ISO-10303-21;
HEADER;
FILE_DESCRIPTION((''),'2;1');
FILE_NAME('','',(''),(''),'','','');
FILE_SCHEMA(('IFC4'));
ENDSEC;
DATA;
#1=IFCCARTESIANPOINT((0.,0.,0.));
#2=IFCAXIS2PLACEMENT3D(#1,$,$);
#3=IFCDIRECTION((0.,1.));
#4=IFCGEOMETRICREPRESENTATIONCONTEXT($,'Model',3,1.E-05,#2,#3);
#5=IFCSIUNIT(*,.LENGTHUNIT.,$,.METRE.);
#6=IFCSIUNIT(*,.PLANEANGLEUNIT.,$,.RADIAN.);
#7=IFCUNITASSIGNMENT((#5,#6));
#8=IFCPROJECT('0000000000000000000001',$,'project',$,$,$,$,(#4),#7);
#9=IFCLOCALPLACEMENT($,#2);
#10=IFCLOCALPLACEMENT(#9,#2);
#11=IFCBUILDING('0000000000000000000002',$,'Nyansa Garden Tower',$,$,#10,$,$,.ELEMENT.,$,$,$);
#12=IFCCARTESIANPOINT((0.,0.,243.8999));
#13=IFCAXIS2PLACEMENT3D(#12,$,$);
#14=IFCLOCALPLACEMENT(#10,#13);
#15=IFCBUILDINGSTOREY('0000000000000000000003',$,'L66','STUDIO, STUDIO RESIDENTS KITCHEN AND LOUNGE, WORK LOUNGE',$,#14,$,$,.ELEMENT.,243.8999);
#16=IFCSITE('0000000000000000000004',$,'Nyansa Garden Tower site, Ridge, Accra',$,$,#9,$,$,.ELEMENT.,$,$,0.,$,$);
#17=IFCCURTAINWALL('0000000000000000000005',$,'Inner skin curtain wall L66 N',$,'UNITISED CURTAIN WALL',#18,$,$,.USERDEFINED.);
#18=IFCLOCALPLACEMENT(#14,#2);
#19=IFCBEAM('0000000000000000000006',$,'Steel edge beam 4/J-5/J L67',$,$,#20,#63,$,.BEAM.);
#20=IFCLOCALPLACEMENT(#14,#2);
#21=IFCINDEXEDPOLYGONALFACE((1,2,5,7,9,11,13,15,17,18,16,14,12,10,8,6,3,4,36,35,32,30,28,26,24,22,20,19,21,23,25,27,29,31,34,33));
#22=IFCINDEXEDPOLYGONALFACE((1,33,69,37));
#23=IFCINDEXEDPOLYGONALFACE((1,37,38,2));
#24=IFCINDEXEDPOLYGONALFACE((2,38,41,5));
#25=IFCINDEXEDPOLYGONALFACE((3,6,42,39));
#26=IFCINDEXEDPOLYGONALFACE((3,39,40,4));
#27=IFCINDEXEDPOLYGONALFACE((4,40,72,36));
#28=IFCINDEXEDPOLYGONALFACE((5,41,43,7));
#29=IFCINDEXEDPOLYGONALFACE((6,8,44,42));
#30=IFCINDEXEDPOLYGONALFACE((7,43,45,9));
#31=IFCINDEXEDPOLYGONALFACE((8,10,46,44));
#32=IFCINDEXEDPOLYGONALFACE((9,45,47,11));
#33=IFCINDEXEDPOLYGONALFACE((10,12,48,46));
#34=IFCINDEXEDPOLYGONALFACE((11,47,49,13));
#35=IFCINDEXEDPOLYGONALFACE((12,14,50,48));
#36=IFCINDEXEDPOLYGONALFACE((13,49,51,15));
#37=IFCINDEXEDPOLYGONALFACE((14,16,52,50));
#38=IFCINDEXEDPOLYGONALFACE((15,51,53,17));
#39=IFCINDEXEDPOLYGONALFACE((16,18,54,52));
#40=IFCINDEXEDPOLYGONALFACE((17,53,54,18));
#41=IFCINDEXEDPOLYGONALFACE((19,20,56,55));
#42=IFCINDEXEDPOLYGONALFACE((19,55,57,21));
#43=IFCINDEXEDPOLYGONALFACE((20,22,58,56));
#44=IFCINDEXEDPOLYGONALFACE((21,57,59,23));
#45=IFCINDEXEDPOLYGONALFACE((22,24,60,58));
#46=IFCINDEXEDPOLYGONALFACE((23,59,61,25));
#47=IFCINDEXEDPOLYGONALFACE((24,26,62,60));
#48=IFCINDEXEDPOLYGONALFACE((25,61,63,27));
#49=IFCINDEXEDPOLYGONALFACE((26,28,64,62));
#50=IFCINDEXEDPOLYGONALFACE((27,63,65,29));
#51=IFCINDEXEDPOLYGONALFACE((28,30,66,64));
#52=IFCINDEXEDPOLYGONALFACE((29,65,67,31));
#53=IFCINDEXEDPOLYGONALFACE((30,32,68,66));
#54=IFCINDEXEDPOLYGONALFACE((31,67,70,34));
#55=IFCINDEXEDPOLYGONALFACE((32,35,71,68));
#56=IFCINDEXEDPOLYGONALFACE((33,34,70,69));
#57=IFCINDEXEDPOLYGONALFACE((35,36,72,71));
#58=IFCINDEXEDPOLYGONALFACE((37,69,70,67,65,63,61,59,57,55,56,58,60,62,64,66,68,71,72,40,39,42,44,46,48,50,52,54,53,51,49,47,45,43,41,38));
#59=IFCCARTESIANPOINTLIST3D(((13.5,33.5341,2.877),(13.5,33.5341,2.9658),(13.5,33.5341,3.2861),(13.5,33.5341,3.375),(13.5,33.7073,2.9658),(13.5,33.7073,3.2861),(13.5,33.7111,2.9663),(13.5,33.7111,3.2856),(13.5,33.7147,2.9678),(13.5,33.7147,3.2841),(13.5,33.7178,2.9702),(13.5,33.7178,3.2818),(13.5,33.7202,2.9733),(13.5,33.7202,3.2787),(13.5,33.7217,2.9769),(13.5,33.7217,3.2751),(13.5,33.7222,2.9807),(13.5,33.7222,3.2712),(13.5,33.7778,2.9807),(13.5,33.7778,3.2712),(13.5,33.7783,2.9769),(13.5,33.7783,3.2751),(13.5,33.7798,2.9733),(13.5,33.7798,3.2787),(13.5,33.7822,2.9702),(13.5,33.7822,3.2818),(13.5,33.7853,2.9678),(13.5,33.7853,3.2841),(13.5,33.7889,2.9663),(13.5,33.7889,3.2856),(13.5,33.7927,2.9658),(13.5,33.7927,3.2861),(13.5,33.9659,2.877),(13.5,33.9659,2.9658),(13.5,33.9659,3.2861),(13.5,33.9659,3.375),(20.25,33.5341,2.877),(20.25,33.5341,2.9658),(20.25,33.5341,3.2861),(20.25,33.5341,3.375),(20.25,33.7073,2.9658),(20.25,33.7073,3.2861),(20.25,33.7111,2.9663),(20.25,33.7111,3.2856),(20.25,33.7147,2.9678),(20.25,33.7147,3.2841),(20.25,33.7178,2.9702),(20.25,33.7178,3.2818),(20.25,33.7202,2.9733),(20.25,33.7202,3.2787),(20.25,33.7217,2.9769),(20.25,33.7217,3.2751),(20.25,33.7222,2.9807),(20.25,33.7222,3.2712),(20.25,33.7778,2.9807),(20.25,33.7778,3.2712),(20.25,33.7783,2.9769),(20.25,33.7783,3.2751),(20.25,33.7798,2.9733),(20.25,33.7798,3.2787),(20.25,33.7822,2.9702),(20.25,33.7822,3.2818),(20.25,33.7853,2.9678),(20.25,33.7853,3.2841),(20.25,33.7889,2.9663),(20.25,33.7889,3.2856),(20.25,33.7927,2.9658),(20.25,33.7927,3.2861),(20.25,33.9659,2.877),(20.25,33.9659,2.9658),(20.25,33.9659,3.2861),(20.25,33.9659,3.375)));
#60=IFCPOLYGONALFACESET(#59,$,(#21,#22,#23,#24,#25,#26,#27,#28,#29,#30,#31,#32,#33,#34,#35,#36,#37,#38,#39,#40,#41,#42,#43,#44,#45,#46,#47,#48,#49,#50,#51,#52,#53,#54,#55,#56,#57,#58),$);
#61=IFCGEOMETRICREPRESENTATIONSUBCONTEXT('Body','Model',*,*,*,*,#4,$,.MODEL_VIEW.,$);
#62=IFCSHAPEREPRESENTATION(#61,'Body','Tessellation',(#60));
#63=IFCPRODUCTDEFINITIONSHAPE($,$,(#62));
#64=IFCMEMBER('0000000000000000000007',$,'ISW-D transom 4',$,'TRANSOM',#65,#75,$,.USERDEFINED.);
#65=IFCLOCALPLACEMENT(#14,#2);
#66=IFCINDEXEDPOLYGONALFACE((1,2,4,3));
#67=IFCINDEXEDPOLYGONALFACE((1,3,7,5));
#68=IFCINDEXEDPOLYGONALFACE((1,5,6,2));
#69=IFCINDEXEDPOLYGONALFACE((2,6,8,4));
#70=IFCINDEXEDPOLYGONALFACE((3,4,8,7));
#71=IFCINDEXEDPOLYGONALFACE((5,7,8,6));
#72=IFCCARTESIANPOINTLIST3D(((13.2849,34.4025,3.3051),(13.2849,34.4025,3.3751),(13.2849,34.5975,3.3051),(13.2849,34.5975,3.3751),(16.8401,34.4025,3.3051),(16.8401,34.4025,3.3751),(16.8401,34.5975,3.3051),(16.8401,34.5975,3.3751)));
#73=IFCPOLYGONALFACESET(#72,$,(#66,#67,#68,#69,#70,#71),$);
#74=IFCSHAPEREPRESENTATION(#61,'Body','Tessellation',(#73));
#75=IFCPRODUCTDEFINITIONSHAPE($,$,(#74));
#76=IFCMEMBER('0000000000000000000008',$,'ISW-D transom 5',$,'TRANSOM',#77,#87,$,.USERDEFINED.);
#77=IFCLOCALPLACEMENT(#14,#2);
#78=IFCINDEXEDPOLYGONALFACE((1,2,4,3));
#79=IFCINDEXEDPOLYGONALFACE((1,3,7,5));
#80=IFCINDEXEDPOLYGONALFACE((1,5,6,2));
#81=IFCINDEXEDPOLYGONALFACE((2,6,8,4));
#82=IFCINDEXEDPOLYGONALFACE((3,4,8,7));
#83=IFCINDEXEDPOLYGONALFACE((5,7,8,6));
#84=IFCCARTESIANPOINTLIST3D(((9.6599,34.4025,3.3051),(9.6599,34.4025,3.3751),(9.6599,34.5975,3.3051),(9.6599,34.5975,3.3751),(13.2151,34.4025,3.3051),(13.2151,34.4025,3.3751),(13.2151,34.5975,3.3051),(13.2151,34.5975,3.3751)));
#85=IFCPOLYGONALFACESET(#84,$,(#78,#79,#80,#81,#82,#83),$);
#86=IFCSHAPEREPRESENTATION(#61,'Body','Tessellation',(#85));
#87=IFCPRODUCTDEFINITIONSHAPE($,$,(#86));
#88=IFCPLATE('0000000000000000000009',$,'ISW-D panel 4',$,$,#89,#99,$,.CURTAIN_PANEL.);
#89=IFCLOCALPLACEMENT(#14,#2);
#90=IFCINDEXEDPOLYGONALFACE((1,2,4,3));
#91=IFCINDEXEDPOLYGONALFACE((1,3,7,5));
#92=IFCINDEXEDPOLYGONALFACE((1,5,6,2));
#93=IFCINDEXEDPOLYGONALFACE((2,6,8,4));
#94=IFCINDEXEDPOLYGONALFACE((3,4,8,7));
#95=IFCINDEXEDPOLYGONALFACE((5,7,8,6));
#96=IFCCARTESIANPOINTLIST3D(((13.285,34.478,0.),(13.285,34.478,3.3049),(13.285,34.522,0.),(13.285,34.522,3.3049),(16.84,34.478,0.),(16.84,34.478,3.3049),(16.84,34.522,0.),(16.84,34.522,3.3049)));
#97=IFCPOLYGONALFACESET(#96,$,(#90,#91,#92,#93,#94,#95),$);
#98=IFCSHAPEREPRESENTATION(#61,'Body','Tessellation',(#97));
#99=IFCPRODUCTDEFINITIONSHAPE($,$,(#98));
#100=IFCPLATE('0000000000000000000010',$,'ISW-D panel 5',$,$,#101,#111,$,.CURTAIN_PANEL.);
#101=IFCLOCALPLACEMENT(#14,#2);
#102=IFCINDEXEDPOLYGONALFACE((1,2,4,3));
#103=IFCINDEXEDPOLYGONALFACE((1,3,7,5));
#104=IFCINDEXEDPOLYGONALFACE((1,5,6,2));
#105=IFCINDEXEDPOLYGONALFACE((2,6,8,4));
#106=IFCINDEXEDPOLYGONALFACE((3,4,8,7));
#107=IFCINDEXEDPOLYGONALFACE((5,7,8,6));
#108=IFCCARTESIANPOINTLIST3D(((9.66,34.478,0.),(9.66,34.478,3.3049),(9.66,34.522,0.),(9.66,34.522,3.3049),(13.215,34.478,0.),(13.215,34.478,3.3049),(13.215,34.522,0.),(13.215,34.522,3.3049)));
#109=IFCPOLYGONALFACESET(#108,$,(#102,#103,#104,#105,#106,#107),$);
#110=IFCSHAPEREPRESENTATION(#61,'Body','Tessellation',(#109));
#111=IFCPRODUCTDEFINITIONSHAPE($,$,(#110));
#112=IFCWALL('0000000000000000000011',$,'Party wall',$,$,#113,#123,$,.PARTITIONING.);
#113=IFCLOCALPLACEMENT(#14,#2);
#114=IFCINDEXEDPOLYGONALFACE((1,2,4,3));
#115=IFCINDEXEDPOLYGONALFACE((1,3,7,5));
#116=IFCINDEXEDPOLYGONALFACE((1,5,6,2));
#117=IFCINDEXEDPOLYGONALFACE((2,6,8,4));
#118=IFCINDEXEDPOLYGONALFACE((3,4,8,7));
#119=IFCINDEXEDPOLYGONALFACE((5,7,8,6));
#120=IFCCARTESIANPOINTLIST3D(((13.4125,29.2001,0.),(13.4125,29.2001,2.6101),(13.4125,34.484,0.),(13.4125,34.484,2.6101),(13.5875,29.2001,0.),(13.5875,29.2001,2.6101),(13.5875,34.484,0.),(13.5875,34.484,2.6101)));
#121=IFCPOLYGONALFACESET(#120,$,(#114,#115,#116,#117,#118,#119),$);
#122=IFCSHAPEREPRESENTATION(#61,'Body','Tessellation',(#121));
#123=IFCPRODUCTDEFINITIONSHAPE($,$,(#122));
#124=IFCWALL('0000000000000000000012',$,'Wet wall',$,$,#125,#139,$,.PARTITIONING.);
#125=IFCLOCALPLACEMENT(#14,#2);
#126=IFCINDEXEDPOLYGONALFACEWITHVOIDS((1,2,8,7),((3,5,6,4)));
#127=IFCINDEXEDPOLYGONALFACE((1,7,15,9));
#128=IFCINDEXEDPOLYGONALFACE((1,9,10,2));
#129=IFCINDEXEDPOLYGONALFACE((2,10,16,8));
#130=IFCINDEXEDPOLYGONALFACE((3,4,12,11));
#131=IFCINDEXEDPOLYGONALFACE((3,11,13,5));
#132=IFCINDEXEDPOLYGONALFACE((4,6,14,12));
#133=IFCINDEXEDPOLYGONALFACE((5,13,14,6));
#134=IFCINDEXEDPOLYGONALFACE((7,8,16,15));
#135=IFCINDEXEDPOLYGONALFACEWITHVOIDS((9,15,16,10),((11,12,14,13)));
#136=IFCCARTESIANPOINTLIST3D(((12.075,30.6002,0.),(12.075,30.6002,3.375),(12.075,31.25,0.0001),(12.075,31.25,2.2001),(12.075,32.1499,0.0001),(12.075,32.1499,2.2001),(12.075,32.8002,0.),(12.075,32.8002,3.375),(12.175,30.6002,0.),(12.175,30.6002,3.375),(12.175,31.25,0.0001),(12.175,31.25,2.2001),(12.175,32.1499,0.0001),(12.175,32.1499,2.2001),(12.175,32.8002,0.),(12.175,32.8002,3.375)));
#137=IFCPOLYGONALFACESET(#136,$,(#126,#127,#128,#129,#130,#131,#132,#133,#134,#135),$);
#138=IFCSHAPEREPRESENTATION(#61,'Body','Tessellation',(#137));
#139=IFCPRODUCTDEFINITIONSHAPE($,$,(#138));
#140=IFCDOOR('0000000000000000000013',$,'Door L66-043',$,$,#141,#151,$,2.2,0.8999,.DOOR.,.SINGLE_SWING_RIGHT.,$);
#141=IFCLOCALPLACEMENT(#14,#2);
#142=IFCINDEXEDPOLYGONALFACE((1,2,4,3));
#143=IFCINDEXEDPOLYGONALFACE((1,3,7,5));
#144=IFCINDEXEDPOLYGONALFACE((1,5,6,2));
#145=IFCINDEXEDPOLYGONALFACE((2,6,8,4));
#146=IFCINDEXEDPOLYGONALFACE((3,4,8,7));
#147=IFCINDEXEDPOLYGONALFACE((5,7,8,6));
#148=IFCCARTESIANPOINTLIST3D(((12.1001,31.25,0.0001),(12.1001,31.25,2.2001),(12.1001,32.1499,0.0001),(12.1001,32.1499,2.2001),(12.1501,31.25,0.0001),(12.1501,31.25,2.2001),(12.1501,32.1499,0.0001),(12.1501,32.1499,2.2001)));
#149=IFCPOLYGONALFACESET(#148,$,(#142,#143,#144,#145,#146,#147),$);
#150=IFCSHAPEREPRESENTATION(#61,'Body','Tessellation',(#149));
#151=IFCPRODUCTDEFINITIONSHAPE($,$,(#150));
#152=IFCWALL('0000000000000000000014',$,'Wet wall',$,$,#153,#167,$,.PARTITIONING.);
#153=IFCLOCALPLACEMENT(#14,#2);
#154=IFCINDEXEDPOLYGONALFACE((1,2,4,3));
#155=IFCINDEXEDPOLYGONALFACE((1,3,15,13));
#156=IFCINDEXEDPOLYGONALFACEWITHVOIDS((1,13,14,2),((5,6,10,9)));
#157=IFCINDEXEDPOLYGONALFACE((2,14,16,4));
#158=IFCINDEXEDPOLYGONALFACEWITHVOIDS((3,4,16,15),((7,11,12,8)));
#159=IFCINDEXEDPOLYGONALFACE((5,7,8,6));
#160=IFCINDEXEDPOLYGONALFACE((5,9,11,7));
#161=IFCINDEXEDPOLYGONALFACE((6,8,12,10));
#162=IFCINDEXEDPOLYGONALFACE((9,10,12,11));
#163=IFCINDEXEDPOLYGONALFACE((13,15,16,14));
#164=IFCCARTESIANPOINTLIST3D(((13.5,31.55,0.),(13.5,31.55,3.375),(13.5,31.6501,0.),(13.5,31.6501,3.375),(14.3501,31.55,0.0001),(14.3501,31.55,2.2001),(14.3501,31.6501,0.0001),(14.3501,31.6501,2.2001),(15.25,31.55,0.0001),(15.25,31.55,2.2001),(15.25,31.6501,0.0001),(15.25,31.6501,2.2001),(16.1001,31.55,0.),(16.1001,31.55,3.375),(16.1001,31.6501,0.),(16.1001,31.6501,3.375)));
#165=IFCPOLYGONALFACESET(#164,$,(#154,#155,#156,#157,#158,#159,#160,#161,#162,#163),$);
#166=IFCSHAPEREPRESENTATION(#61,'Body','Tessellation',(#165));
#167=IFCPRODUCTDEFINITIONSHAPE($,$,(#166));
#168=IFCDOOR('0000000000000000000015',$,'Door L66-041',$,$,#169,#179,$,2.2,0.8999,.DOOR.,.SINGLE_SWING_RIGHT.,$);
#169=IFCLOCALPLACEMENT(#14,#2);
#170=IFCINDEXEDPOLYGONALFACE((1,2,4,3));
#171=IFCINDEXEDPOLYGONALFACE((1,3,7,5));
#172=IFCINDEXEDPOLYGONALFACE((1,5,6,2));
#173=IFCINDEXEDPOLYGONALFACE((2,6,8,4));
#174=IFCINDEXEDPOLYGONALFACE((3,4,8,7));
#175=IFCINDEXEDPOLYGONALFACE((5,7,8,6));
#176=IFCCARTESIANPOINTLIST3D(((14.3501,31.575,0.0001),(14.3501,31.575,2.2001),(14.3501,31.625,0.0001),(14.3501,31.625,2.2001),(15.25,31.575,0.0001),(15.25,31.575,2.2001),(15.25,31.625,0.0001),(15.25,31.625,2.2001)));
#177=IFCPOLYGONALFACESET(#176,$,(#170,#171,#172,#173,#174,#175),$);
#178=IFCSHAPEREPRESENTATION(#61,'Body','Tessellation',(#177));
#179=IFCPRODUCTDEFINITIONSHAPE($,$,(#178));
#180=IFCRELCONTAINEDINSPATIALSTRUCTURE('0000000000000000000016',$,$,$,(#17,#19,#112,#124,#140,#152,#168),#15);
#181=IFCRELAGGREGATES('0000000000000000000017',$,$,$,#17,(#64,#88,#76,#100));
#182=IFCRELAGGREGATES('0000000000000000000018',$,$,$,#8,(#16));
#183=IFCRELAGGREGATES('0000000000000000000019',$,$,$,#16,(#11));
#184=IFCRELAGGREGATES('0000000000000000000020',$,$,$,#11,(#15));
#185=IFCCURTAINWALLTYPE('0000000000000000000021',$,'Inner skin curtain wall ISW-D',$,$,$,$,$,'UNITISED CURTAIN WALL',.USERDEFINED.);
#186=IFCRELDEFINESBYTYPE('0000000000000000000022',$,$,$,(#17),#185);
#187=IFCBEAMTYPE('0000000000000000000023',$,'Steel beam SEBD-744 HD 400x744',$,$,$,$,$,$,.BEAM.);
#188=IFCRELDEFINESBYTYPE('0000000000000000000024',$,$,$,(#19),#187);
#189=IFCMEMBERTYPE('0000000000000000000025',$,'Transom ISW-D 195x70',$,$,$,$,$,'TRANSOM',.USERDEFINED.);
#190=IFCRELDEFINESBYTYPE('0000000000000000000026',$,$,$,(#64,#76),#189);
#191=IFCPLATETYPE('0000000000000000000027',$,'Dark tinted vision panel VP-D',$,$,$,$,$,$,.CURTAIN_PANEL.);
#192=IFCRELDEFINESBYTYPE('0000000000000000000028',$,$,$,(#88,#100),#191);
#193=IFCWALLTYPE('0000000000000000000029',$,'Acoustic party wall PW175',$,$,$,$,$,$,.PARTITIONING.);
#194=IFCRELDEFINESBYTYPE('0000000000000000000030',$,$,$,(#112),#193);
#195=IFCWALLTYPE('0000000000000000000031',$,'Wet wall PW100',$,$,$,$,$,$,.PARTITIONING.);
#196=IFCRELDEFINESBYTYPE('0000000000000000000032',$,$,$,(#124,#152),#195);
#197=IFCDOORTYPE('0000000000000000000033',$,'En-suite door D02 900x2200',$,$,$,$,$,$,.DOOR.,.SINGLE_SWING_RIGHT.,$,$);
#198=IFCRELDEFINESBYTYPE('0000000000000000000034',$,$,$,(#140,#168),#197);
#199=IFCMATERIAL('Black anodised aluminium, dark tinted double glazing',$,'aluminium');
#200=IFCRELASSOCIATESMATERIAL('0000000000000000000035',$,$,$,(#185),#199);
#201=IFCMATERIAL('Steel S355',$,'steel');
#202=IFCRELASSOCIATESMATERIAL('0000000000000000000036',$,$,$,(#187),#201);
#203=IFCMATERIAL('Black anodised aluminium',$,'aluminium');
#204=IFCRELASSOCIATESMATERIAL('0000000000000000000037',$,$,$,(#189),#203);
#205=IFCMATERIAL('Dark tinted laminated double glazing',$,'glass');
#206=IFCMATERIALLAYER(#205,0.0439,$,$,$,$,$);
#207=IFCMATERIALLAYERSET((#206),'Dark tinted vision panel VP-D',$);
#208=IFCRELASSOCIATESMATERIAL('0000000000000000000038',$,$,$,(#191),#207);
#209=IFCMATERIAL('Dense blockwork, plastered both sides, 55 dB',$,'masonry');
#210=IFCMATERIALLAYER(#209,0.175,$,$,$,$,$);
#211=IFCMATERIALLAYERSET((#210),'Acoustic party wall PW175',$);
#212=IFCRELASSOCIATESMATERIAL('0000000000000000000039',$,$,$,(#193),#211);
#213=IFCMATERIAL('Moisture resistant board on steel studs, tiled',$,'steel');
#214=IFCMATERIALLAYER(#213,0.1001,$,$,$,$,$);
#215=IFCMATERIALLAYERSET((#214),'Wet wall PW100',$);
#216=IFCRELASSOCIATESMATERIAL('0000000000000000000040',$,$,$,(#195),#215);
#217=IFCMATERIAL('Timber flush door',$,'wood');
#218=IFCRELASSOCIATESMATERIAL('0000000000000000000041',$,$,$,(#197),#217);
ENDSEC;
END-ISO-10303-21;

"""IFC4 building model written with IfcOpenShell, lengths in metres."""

from ifc_helpers import new_model, si_unit, direction, frame, frame_2d, origin, origin_2d, place, context, subcontext, project, spatial, rectangle, i_section, extrude, material, layer, layer_set, material_profile, profile_set, type_object, element, fill, aggregate, save


model = new_model("IFC4")

# Units and contexts
model_context = context("Model", 3, precision=1e-05, world=origin(), true_north=direction((0.0, 1.0)))
body_context = subcontext(model_context, "Body", "Model", "MODEL_VIEW")
ifc_project = project(units=[si_unit("LENGTHUNIT", "METRE"), si_unit("PLANEANGLEUNIT", "RADIAN")], contexts=[model_context])

# Site, building, storey
site_placement = place(None, origin())
site = spatial("IfcSite", under=ifc_project, at=site_placement, Name="Nyansa Garden Tower site, Ridge, Accra", CompositionType="ELEMENT", RefElevation=0.0)
building_placement = place(site_placement, origin())
building = spatial("IfcBuilding", under=site, at=building_placement, Name="Nyansa Garden Tower", CompositionType="ELEMENT")
storey_placement = place(building_placement, frame((0.0, 0.0, 243.8999)))
storey = spatial("IfcBuildingStorey", under=building, at=storey_placement, Name="L66", Description="STUDIO, STUDIO RESIDENTS KITCHEN AND LOUNGE, WORK LOUNGE", CompositionType="ELEMENT", Elevation=243.8999)

# Curtain wall
ifc_material_1 = material(Name="Black anodised aluminium, dark tinted double glazing", Category="aluminium")
curtain_wall_type = type_object("IfcCurtainWallType", Name="Inner skin curtain wall ISW-D", ElementType="UNITISED CURTAIN WALL", PredefinedType="USERDEFINED", material=ifc_material_1)
curtain_wall_placement = place(storey_placement, origin())
curtain_wall = element("IfcCurtainWall", 1, at=curtain_wall_placement, inside=storey, type_object=curtain_wall_type, Name="Inner skin curtain wall L66 N", ObjectType="UNITISED CURTAIN WALL", PredefinedType="USERDEFINED")

# Beam
ifc_material_2 = material(Name="Steel S355", Category="steel")
ifc_material_profile_1 = material_profile(ifc_material_2, i_section(OverallWidth=0.4319, OverallDepth=0.498, WebThickness=0.0557, FlangeThickness=0.0889, FilletRadius=0.0149, at=origin_2d()), Name="HD 400x744")
ifc_profile_set_1 = profile_set([ifc_material_profile_1], Name="Steel S355")
beam_type_1 = type_object("IfcBeamType", Name="Steel beam SEBD-744 HD 400x744", PredefinedType="BEAM", material=ifc_profile_set_1)
beam_1_placement = place(storey_placement, frame((13.5, 33.75, 3.126), z_axis=(1.0, 0.0, 0.0), x_axis=(0.0, 1.0, 0.0)))
element("IfcBeam", 2, at=beam_1_placement, inside=storey, type_object=beam_type_1, Name="Steel edge beam 4/J-5/J L67", PredefinedType="BEAM", context=body_context, shape_type="SweptSolid", body=[
    extrude(i_section(OverallWidth=0.4319, OverallDepth=0.498, WebThickness=0.0557, FlangeThickness=0.0889, FilletRadius=0.0149, at=origin_2d()), origin(), (0.0, 0.0, 1.0), 6.75),
])

# Members
ifc_material_3 = material(Name="Black anodised aluminium", Category="aluminium")
ifc_material_profile_2 = material_profile(ifc_material_3, rectangle(XDim=0.1951, YDim=0.0701, at=origin_2d()), Name="Transom 195x70")
ifc_profile_set_2 = profile_set([ifc_material_profile_2], Name="Black anodised aluminium")
member_type_1 = type_object("IfcMemberType", Name="Transom ISW-D 195x70", ElementType="TRANSOM", PredefinedType="USERDEFINED", material=ifc_profile_set_2)
member_1_placement = place(storey_placement, frame((16.8401, 34.5, 3.3401), z_axis=(-1.0, 0.0, 0.0), x_axis=(0.0, -1.0, 0.0)))
member_1 = element("IfcMember", 3, at=member_1_placement, type_object=member_type_1, Name="ISW-D transom 4", ObjectType="TRANSOM", PredefinedType="USERDEFINED", context=body_context, shape_type="SweptSolid", body=[
    extrude(rectangle(XDim=0.1951, YDim=0.0701, at=origin_2d()), origin(), (0.0, 0.0, 1.0), 3.5552),
])
member_2_placement = place(storey_placement, frame((13.2151, 34.5, 3.3401), z_axis=(-1.0, 0.0, 0.0), x_axis=(0.0, -1.0, 0.0)))
member_2 = element("IfcMember", 4, at=member_2_placement, type_object=member_type_1, Name="ISW-D transom 5", ObjectType="TRANSOM", PredefinedType="USERDEFINED", context=body_context, shape_type="SweptSolid", body=[
    extrude(rectangle(XDim=0.1951, YDim=0.0701, at=origin_2d()), origin(), (0.0, 0.0, 1.0), 3.5552),
])

# Plates
ifc_material_4 = material(Name="Dark tinted laminated double glazing", Category="glass")
ifc_layer_1 = layer(ifc_material_4, 0.0439)
ifc_layer_set_1 = layer_set([ifc_layer_1], Name="Dark tinted vision panel VP-D")
plate_type = type_object("IfcPlateType", Name="Dark tinted vision panel VP-D", PredefinedType="CURTAIN_PANEL", material=ifc_layer_set_1)
plate_1_placement = place(storey_placement, frame((15.0625, 34.5, 0.0), z_axis=(0.0, 0.0, 1.0), x_axis=(-1.0, 0.0, 0.0)))
plate_1 = element("IfcPlate", 5, at=plate_1_placement, type_object=plate_type, Name="ISW-D panel 4", PredefinedType="CURTAIN_PANEL", context=body_context, shape_type="SweptSolid", body=[
    extrude(rectangle(XDim=3.5549, YDim=0.0439, at=origin_2d()), origin(), (0.0, 0.0, 1.0), 3.3049),
])
plate_2_placement = place(storey_placement, frame((11.4375, 34.5, 0.0), z_axis=(0.0, 0.0, 1.0), x_axis=(-1.0, 0.0, 0.0)))
plate_2 = element("IfcPlate", 6, at=plate_2_placement, type_object=plate_type, Name="ISW-D panel 5", PredefinedType="CURTAIN_PANEL", context=body_context, shape_type="SweptSolid", body=[
    extrude(rectangle(XDim=3.5549, YDim=0.0439, at=origin_2d()), origin(), (0.0, 0.0, 1.0), 3.3049),
])
aggregate(curtain_wall, [member_1, plate_1, member_2, plate_2])

# Wall
ifc_material_5 = material(Name="Dense blockwork, plastered both sides, 55 dB", Category="masonry")
ifc_layer_2 = layer(ifc_material_5, 0.175)
ifc_layer_set_2 = layer_set([ifc_layer_2], Name="Acoustic party wall PW175")
wall_type_1 = type_object("IfcWallType", Name="Acoustic party wall PW175", PredefinedType="PARTITIONING", material=ifc_layer_set_2)
wall_1_placement = place(storey_placement, frame((13.5, 29.2, 0.0), z_axis=(0.0, 0.0, 1.0), x_axis=(0.0, 1.0, 0.0)))
element("IfcWall", 7, at=wall_1_placement, inside=storey, type_object=wall_type_1, Name="Party wall", PredefinedType="PARTITIONING", context=body_context, shape_type="SweptSolid", body=[
    extrude(rectangle(XDim=5.2839, YDim=0.175, at=frame_2d((2.6421, 0.0))), origin(), (0.0, 0.0, 1.0), 2.6101),
])

# Walls, openings, doors
ifc_material_6 = material(Name="Moisture resistant board on steel studs, tiled", Category="steel")
ifc_layer_3 = layer(ifc_material_6, 0.1001)
ifc_layer_set_3 = layer_set([ifc_layer_3], Name="Wet wall PW100")
wall_type_2 = type_object("IfcWallType", Name="Wet wall PW100", PredefinedType="PARTITIONING", material=ifc_layer_set_3)
wall_2_placement = place(storey_placement, frame((12.125, 30.6001, 0.0), z_axis=(0.0, 0.0, 1.0), x_axis=(0.0, 1.0, 0.0)))
wall_2 = element("IfcWall", 8, at=wall_2_placement, inside=storey, type_object=wall_type_2, Name="Wet wall", PredefinedType="PARTITIONING", context=body_context, shape_type="SweptSolid", body=[
    extrude(rectangle(XDim=2.2, YDim=0.1001, at=frame_2d((1.1001, 0.0))), origin(), (0.0, 0.0, 1.0), 3.375),
])
opening_1_placement = place(wall_2_placement, frame((0.6499, 0.0, 0.0)))
opening_1 = element("IfcOpeningElement", 9, at=opening_1_placement, cuts=wall_2, PredefinedType="OPENING", context=body_context, shape_type="SweptSolid", body=[
    extrude(rectangle(XDim=0.8999, YDim=2.2, at=frame_2d((0.45, 1.1001))), frame((0.0, 0.0601, 0.0), z_axis=(0.0, -1.0, 0.0), x_axis=(1.0, 0.0, 0.0)), (0.0, 0.0, 1.0), 0.1201),
])
ifc_material_7 = material(Name="Timber flush door", Category="wood")
door_type = type_object("IfcDoorType", Name="En-suite door D02 900x2200", OperationType="SINGLE_SWING_RIGHT", PredefinedType="DOOR", material=ifc_material_7)
door_1_placement = place(opening_1_placement, origin())
door_1 = element("IfcDoor", 10, at=door_1_placement, inside=storey, type_object=door_type, Name="Door L66-043", OperationType="SINGLE_SWING_RIGHT", OverallHeight=2.2, OverallWidth=0.8999, PredefinedType="DOOR", context=body_context, shape_type="SweptSolid", body=[
    extrude(rectangle(XDim=0.8999, YDim=2.2, at=frame_2d((0.45, 1.1001))), frame((0.0, 0.0249, 0.0), z_axis=(0.0, -1.0, 0.0), x_axis=(1.0, 0.0, 0.0)), (0.0, 0.0, 1.0), 0.05),
])
fill(opening_1, door_1)
wall_3_placement = place(storey_placement, frame((13.5, 31.6001, 0.0), z_axis=(0.0, 0.0, 1.0), x_axis=(1.0, 0.0, 0.0)))
wall_3 = element("IfcWall", 11, at=wall_3_placement, inside=storey, type_object=wall_type_2, Name="Wet wall", PredefinedType="PARTITIONING", context=body_context, shape_type="SweptSolid", body=[
    extrude(rectangle(XDim=2.6001, YDim=0.1001, at=frame_2d((1.3, 0.0))), origin(), (0.0, 0.0, 1.0), 3.375),
])
opening_2_placement = place(wall_3_placement, frame((0.8501, 0.0, 0.0)))
opening_2 = element("IfcOpeningElement", 12, at=opening_2_placement, cuts=wall_3, PredefinedType="OPENING", context=body_context, shape_type="SweptSolid", body=[
    extrude(rectangle(XDim=0.8999, YDim=2.2, at=frame_2d((0.45, 1.1001))), frame((0.0, 0.0601, 0.0), z_axis=(0.0, -1.0, 0.0), x_axis=(1.0, 0.0, 0.0)), (0.0, 0.0, 1.0), 0.1201),
])
door_2_placement = place(opening_2_placement, origin())
door_2 = element("IfcDoor", 13, at=door_2_placement, inside=storey, type_object=door_type, Name="Door L66-041", OperationType="SINGLE_SWING_RIGHT", OverallHeight=2.2, OverallWidth=0.8999, PredefinedType="DOOR", context=body_context, shape_type="SweptSolid", body=[
    extrude(rectangle(XDim=0.8999, YDim=2.2, at=frame_2d((0.45, 1.1001))), frame((0.0, 0.0249, 0.0), z_axis=(0.0, -1.0, 0.0), x_axis=(1.0, 0.0, 0.0)), (0.0, 0.0, 1.0), 0.05),
])
fill(opening_2, door_2)

save(model, "model.ifc")
